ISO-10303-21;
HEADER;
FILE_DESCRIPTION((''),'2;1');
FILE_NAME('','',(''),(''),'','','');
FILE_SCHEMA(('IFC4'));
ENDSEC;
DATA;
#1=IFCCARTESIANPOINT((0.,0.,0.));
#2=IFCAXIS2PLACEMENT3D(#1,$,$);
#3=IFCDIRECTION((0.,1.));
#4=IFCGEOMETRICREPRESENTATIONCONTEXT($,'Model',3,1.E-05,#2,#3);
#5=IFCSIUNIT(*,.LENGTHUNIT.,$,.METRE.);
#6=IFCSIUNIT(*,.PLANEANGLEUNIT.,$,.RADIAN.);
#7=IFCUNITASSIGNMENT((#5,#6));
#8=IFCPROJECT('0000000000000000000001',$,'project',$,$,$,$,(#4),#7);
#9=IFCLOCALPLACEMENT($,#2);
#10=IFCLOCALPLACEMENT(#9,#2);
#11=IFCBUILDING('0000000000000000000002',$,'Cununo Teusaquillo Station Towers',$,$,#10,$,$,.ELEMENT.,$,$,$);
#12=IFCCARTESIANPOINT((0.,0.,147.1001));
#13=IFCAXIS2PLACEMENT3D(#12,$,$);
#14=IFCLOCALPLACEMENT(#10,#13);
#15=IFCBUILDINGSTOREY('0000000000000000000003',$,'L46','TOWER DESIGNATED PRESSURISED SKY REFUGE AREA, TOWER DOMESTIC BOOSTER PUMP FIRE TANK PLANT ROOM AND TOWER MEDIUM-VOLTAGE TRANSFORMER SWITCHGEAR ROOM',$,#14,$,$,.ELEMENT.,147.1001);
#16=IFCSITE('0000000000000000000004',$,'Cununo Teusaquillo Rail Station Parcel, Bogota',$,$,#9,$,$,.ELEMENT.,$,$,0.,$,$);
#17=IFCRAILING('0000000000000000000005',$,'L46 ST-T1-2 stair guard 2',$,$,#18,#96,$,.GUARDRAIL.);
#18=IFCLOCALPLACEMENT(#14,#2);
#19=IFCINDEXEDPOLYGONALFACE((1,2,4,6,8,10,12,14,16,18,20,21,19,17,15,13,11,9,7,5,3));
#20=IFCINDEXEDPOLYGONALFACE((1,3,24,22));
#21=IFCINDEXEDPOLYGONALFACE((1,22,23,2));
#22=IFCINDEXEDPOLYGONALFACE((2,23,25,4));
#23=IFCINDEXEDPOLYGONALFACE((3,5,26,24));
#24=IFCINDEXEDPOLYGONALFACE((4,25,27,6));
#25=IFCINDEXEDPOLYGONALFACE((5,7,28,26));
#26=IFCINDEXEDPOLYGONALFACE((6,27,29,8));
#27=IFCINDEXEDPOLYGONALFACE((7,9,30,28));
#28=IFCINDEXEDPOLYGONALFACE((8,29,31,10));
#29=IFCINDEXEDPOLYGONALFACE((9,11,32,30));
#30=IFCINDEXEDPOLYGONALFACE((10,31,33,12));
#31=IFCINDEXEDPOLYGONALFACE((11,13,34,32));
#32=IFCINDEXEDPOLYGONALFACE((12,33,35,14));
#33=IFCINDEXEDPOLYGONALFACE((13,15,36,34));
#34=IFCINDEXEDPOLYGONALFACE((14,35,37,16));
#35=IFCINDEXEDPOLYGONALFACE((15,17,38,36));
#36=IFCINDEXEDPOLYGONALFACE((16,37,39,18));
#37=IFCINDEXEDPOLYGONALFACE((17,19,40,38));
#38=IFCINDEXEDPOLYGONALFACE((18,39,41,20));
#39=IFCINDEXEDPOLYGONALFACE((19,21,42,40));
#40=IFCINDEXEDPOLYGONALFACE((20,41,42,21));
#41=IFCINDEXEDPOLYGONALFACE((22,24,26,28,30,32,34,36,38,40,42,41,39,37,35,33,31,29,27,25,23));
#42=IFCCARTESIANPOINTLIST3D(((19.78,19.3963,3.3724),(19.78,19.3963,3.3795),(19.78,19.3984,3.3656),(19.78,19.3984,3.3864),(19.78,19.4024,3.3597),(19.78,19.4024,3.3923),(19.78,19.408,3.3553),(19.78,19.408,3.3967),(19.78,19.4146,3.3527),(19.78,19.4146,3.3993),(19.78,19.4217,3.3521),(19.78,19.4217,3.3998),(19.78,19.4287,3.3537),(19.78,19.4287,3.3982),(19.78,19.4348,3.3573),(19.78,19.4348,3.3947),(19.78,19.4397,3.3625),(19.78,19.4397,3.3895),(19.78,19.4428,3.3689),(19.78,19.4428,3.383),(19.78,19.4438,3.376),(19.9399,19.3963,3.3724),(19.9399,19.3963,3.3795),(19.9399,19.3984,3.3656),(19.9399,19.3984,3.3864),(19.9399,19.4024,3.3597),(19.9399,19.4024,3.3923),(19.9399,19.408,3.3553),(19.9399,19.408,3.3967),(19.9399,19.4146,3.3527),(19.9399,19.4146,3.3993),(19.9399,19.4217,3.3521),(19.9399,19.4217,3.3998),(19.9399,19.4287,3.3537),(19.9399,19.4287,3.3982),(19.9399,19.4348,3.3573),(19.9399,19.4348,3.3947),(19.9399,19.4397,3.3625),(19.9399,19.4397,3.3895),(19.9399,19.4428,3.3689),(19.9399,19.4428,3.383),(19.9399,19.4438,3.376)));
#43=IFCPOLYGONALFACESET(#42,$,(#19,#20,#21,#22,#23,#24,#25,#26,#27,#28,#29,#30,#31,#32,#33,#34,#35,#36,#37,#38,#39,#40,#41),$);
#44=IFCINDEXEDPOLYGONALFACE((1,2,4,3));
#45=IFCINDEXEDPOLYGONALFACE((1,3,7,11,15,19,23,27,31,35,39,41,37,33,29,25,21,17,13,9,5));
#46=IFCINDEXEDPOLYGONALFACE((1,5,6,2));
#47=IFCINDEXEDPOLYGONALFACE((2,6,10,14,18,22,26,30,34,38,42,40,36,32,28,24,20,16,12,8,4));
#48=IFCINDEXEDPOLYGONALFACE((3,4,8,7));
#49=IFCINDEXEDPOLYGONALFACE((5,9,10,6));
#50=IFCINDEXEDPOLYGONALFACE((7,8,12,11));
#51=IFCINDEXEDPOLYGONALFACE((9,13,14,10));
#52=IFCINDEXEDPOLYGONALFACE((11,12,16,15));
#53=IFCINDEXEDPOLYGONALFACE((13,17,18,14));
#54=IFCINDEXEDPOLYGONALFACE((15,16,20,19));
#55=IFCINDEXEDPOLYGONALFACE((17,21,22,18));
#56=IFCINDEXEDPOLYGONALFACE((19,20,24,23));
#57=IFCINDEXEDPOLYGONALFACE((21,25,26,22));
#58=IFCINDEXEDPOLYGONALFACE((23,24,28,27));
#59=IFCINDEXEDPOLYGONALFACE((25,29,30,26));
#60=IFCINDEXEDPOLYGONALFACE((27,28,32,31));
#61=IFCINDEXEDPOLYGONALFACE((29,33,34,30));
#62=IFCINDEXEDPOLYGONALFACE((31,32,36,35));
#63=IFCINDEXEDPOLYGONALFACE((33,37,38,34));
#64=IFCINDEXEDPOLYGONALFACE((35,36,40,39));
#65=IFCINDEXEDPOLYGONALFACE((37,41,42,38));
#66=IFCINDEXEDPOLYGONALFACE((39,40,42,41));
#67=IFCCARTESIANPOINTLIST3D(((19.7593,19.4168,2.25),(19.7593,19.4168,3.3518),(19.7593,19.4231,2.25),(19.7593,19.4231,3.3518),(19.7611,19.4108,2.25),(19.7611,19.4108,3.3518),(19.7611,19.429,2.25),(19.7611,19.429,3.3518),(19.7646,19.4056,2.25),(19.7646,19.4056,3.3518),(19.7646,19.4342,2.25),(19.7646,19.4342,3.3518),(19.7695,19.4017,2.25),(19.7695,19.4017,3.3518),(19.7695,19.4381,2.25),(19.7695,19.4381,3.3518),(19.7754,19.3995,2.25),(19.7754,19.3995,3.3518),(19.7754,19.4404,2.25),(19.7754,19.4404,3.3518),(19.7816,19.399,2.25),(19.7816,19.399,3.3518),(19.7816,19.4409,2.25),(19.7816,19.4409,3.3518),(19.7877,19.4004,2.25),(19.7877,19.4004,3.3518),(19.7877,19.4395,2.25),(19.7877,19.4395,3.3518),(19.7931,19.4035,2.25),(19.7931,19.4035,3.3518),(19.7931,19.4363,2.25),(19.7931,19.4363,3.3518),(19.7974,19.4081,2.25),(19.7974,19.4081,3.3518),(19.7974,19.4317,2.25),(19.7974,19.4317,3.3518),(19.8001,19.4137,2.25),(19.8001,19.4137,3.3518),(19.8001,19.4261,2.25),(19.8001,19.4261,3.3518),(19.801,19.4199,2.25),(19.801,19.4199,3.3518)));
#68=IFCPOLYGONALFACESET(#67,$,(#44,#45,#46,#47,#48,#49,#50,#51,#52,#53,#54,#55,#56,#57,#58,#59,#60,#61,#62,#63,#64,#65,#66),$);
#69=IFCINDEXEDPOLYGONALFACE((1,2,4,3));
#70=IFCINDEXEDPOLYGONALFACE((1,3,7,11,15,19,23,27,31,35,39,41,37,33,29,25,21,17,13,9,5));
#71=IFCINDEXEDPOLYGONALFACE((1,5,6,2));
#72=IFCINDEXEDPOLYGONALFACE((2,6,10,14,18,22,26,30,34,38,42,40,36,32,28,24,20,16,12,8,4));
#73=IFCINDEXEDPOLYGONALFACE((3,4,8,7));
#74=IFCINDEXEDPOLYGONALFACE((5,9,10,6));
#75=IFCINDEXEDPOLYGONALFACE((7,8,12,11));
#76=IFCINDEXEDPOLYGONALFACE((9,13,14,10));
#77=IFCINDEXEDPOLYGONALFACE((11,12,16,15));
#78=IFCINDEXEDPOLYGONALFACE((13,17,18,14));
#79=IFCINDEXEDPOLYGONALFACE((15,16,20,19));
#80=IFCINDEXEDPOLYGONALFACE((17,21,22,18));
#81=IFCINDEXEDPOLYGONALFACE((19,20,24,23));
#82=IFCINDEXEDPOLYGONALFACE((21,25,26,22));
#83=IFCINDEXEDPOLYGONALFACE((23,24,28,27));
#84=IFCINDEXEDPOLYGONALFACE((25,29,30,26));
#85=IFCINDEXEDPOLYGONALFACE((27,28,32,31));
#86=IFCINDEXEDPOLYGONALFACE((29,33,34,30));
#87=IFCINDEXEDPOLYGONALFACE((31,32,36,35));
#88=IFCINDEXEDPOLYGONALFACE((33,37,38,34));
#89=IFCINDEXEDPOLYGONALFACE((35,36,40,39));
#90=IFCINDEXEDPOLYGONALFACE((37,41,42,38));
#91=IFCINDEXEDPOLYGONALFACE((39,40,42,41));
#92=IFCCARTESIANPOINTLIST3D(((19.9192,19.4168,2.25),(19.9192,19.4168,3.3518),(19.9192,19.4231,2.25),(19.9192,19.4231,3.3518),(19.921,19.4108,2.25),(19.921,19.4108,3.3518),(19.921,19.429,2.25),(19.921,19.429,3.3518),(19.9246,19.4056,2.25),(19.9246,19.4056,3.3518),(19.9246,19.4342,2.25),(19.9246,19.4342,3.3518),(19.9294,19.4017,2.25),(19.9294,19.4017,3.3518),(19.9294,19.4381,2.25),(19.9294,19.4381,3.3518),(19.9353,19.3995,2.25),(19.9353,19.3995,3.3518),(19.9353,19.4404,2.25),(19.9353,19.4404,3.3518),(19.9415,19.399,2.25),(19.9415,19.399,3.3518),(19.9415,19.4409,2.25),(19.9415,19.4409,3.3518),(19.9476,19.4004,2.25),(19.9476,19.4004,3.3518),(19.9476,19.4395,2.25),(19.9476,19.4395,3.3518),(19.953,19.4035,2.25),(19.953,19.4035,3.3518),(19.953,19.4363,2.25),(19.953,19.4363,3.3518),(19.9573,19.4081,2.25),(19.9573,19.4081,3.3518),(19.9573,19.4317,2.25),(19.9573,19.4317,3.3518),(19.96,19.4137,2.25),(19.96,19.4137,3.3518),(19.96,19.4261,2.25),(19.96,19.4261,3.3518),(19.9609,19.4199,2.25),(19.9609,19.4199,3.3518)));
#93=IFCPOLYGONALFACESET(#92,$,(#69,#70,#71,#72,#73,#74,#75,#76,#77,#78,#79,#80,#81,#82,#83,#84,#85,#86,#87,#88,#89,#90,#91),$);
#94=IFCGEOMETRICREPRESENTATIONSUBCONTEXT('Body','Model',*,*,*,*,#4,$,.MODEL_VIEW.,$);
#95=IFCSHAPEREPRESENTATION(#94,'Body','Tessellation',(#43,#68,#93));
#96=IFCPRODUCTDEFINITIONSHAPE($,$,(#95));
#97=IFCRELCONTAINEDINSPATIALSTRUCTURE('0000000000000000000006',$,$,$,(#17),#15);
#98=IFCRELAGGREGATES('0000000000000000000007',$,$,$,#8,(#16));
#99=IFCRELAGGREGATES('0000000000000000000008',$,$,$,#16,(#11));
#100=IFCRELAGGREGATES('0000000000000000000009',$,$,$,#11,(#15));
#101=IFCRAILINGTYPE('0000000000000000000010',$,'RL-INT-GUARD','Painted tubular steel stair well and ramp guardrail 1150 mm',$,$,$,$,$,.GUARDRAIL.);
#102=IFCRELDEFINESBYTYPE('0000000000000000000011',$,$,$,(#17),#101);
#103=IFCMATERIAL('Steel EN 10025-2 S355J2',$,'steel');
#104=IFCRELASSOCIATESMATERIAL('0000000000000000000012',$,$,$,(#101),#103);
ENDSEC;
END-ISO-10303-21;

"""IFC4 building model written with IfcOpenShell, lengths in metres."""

from ifc_helpers import new_model, si_unit, direction, frame, origin, origin_2d, place, context, subcontext, project, spatial, circle, extrude, material, type_object, element, save


model = new_model("IFC4")

# Units and contexts
model_context = context("Model", 3, precision=1e-05, world=origin(), true_north=direction((0.0, 1.0)))
body_context = subcontext(model_context, "Body", "Model", "MODEL_VIEW")
ifc_project = project(units=[si_unit("LENGTHUNIT", "METRE"), si_unit("PLANEANGLEUNIT", "RADIAN")], contexts=[model_context])

# Site, building, storey
site_placement = place(None, origin())
site = spatial("IfcSite", under=ifc_project, at=site_placement, Name="Cununo Teusaquillo Rail Station Parcel, Bogota", CompositionType="ELEMENT", RefElevation=0.0)
building_placement = place(site_placement, origin())
building = spatial("IfcBuilding", under=site, at=building_placement, Name="Cununo Teusaquillo Station Towers", CompositionType="ELEMENT")
storey_placement = place(building_placement, frame((0.0, 0.0, 147.1001)))
storey = spatial("IfcBuildingStorey", under=building, at=storey_placement, Name="L46", Description="TOWER DESIGNATED PRESSURISED SKY REFUGE AREA, TOWER DOMESTIC BOOSTER PUMP FIRE TANK PLANT ROOM AND TOWER MEDIUM-VOLTAGE TRANSFORMER SWITCHGEAR ROOM", CompositionType="ELEMENT", Elevation=147.1001)

# Railing
ifc_material_1 = material(Name="Steel EN 10025-2 S355J2", Category="steel")
railing_type_1 = type_object("IfcRailingType", Name="RL-INT-GUARD", Description="Painted tubular steel stair well and ramp guardrail 1150 mm", PredefinedType="GUARDRAIL", material=ifc_material_1)
railing_1_placement = place(storey_placement, frame((19.78, 19.4199, 2.25)))
element("IfcRailing", 1, at=railing_1_placement, inside=storey, type_object=railing_type_1, Name="L46 ST-T1-2 stair guard 2", PredefinedType="GUARDRAIL", context=body_context, shape_type="SweptSolid", body=[
    extrude(circle(Radius=0.0239, at=origin_2d()), frame((0.0, 0.0, 1.126), z_axis=(1.0, 0.0, 0.0), x_axis=(0.0, 1.0, 0.0)), (0.0, 0.0, 1.0), 0.1599),
    extrude(circle(Radius=0.021, at=origin_2d()), origin(), (0.0, 0.0, 1.0), 1.1018),
    extrude(circle(Radius=0.021, at=origin_2d()), frame((0.1599, 0.0, 0.0)), (0.0, 0.0, 1.0), 1.1018),
])

save(model, "model.ifc")
